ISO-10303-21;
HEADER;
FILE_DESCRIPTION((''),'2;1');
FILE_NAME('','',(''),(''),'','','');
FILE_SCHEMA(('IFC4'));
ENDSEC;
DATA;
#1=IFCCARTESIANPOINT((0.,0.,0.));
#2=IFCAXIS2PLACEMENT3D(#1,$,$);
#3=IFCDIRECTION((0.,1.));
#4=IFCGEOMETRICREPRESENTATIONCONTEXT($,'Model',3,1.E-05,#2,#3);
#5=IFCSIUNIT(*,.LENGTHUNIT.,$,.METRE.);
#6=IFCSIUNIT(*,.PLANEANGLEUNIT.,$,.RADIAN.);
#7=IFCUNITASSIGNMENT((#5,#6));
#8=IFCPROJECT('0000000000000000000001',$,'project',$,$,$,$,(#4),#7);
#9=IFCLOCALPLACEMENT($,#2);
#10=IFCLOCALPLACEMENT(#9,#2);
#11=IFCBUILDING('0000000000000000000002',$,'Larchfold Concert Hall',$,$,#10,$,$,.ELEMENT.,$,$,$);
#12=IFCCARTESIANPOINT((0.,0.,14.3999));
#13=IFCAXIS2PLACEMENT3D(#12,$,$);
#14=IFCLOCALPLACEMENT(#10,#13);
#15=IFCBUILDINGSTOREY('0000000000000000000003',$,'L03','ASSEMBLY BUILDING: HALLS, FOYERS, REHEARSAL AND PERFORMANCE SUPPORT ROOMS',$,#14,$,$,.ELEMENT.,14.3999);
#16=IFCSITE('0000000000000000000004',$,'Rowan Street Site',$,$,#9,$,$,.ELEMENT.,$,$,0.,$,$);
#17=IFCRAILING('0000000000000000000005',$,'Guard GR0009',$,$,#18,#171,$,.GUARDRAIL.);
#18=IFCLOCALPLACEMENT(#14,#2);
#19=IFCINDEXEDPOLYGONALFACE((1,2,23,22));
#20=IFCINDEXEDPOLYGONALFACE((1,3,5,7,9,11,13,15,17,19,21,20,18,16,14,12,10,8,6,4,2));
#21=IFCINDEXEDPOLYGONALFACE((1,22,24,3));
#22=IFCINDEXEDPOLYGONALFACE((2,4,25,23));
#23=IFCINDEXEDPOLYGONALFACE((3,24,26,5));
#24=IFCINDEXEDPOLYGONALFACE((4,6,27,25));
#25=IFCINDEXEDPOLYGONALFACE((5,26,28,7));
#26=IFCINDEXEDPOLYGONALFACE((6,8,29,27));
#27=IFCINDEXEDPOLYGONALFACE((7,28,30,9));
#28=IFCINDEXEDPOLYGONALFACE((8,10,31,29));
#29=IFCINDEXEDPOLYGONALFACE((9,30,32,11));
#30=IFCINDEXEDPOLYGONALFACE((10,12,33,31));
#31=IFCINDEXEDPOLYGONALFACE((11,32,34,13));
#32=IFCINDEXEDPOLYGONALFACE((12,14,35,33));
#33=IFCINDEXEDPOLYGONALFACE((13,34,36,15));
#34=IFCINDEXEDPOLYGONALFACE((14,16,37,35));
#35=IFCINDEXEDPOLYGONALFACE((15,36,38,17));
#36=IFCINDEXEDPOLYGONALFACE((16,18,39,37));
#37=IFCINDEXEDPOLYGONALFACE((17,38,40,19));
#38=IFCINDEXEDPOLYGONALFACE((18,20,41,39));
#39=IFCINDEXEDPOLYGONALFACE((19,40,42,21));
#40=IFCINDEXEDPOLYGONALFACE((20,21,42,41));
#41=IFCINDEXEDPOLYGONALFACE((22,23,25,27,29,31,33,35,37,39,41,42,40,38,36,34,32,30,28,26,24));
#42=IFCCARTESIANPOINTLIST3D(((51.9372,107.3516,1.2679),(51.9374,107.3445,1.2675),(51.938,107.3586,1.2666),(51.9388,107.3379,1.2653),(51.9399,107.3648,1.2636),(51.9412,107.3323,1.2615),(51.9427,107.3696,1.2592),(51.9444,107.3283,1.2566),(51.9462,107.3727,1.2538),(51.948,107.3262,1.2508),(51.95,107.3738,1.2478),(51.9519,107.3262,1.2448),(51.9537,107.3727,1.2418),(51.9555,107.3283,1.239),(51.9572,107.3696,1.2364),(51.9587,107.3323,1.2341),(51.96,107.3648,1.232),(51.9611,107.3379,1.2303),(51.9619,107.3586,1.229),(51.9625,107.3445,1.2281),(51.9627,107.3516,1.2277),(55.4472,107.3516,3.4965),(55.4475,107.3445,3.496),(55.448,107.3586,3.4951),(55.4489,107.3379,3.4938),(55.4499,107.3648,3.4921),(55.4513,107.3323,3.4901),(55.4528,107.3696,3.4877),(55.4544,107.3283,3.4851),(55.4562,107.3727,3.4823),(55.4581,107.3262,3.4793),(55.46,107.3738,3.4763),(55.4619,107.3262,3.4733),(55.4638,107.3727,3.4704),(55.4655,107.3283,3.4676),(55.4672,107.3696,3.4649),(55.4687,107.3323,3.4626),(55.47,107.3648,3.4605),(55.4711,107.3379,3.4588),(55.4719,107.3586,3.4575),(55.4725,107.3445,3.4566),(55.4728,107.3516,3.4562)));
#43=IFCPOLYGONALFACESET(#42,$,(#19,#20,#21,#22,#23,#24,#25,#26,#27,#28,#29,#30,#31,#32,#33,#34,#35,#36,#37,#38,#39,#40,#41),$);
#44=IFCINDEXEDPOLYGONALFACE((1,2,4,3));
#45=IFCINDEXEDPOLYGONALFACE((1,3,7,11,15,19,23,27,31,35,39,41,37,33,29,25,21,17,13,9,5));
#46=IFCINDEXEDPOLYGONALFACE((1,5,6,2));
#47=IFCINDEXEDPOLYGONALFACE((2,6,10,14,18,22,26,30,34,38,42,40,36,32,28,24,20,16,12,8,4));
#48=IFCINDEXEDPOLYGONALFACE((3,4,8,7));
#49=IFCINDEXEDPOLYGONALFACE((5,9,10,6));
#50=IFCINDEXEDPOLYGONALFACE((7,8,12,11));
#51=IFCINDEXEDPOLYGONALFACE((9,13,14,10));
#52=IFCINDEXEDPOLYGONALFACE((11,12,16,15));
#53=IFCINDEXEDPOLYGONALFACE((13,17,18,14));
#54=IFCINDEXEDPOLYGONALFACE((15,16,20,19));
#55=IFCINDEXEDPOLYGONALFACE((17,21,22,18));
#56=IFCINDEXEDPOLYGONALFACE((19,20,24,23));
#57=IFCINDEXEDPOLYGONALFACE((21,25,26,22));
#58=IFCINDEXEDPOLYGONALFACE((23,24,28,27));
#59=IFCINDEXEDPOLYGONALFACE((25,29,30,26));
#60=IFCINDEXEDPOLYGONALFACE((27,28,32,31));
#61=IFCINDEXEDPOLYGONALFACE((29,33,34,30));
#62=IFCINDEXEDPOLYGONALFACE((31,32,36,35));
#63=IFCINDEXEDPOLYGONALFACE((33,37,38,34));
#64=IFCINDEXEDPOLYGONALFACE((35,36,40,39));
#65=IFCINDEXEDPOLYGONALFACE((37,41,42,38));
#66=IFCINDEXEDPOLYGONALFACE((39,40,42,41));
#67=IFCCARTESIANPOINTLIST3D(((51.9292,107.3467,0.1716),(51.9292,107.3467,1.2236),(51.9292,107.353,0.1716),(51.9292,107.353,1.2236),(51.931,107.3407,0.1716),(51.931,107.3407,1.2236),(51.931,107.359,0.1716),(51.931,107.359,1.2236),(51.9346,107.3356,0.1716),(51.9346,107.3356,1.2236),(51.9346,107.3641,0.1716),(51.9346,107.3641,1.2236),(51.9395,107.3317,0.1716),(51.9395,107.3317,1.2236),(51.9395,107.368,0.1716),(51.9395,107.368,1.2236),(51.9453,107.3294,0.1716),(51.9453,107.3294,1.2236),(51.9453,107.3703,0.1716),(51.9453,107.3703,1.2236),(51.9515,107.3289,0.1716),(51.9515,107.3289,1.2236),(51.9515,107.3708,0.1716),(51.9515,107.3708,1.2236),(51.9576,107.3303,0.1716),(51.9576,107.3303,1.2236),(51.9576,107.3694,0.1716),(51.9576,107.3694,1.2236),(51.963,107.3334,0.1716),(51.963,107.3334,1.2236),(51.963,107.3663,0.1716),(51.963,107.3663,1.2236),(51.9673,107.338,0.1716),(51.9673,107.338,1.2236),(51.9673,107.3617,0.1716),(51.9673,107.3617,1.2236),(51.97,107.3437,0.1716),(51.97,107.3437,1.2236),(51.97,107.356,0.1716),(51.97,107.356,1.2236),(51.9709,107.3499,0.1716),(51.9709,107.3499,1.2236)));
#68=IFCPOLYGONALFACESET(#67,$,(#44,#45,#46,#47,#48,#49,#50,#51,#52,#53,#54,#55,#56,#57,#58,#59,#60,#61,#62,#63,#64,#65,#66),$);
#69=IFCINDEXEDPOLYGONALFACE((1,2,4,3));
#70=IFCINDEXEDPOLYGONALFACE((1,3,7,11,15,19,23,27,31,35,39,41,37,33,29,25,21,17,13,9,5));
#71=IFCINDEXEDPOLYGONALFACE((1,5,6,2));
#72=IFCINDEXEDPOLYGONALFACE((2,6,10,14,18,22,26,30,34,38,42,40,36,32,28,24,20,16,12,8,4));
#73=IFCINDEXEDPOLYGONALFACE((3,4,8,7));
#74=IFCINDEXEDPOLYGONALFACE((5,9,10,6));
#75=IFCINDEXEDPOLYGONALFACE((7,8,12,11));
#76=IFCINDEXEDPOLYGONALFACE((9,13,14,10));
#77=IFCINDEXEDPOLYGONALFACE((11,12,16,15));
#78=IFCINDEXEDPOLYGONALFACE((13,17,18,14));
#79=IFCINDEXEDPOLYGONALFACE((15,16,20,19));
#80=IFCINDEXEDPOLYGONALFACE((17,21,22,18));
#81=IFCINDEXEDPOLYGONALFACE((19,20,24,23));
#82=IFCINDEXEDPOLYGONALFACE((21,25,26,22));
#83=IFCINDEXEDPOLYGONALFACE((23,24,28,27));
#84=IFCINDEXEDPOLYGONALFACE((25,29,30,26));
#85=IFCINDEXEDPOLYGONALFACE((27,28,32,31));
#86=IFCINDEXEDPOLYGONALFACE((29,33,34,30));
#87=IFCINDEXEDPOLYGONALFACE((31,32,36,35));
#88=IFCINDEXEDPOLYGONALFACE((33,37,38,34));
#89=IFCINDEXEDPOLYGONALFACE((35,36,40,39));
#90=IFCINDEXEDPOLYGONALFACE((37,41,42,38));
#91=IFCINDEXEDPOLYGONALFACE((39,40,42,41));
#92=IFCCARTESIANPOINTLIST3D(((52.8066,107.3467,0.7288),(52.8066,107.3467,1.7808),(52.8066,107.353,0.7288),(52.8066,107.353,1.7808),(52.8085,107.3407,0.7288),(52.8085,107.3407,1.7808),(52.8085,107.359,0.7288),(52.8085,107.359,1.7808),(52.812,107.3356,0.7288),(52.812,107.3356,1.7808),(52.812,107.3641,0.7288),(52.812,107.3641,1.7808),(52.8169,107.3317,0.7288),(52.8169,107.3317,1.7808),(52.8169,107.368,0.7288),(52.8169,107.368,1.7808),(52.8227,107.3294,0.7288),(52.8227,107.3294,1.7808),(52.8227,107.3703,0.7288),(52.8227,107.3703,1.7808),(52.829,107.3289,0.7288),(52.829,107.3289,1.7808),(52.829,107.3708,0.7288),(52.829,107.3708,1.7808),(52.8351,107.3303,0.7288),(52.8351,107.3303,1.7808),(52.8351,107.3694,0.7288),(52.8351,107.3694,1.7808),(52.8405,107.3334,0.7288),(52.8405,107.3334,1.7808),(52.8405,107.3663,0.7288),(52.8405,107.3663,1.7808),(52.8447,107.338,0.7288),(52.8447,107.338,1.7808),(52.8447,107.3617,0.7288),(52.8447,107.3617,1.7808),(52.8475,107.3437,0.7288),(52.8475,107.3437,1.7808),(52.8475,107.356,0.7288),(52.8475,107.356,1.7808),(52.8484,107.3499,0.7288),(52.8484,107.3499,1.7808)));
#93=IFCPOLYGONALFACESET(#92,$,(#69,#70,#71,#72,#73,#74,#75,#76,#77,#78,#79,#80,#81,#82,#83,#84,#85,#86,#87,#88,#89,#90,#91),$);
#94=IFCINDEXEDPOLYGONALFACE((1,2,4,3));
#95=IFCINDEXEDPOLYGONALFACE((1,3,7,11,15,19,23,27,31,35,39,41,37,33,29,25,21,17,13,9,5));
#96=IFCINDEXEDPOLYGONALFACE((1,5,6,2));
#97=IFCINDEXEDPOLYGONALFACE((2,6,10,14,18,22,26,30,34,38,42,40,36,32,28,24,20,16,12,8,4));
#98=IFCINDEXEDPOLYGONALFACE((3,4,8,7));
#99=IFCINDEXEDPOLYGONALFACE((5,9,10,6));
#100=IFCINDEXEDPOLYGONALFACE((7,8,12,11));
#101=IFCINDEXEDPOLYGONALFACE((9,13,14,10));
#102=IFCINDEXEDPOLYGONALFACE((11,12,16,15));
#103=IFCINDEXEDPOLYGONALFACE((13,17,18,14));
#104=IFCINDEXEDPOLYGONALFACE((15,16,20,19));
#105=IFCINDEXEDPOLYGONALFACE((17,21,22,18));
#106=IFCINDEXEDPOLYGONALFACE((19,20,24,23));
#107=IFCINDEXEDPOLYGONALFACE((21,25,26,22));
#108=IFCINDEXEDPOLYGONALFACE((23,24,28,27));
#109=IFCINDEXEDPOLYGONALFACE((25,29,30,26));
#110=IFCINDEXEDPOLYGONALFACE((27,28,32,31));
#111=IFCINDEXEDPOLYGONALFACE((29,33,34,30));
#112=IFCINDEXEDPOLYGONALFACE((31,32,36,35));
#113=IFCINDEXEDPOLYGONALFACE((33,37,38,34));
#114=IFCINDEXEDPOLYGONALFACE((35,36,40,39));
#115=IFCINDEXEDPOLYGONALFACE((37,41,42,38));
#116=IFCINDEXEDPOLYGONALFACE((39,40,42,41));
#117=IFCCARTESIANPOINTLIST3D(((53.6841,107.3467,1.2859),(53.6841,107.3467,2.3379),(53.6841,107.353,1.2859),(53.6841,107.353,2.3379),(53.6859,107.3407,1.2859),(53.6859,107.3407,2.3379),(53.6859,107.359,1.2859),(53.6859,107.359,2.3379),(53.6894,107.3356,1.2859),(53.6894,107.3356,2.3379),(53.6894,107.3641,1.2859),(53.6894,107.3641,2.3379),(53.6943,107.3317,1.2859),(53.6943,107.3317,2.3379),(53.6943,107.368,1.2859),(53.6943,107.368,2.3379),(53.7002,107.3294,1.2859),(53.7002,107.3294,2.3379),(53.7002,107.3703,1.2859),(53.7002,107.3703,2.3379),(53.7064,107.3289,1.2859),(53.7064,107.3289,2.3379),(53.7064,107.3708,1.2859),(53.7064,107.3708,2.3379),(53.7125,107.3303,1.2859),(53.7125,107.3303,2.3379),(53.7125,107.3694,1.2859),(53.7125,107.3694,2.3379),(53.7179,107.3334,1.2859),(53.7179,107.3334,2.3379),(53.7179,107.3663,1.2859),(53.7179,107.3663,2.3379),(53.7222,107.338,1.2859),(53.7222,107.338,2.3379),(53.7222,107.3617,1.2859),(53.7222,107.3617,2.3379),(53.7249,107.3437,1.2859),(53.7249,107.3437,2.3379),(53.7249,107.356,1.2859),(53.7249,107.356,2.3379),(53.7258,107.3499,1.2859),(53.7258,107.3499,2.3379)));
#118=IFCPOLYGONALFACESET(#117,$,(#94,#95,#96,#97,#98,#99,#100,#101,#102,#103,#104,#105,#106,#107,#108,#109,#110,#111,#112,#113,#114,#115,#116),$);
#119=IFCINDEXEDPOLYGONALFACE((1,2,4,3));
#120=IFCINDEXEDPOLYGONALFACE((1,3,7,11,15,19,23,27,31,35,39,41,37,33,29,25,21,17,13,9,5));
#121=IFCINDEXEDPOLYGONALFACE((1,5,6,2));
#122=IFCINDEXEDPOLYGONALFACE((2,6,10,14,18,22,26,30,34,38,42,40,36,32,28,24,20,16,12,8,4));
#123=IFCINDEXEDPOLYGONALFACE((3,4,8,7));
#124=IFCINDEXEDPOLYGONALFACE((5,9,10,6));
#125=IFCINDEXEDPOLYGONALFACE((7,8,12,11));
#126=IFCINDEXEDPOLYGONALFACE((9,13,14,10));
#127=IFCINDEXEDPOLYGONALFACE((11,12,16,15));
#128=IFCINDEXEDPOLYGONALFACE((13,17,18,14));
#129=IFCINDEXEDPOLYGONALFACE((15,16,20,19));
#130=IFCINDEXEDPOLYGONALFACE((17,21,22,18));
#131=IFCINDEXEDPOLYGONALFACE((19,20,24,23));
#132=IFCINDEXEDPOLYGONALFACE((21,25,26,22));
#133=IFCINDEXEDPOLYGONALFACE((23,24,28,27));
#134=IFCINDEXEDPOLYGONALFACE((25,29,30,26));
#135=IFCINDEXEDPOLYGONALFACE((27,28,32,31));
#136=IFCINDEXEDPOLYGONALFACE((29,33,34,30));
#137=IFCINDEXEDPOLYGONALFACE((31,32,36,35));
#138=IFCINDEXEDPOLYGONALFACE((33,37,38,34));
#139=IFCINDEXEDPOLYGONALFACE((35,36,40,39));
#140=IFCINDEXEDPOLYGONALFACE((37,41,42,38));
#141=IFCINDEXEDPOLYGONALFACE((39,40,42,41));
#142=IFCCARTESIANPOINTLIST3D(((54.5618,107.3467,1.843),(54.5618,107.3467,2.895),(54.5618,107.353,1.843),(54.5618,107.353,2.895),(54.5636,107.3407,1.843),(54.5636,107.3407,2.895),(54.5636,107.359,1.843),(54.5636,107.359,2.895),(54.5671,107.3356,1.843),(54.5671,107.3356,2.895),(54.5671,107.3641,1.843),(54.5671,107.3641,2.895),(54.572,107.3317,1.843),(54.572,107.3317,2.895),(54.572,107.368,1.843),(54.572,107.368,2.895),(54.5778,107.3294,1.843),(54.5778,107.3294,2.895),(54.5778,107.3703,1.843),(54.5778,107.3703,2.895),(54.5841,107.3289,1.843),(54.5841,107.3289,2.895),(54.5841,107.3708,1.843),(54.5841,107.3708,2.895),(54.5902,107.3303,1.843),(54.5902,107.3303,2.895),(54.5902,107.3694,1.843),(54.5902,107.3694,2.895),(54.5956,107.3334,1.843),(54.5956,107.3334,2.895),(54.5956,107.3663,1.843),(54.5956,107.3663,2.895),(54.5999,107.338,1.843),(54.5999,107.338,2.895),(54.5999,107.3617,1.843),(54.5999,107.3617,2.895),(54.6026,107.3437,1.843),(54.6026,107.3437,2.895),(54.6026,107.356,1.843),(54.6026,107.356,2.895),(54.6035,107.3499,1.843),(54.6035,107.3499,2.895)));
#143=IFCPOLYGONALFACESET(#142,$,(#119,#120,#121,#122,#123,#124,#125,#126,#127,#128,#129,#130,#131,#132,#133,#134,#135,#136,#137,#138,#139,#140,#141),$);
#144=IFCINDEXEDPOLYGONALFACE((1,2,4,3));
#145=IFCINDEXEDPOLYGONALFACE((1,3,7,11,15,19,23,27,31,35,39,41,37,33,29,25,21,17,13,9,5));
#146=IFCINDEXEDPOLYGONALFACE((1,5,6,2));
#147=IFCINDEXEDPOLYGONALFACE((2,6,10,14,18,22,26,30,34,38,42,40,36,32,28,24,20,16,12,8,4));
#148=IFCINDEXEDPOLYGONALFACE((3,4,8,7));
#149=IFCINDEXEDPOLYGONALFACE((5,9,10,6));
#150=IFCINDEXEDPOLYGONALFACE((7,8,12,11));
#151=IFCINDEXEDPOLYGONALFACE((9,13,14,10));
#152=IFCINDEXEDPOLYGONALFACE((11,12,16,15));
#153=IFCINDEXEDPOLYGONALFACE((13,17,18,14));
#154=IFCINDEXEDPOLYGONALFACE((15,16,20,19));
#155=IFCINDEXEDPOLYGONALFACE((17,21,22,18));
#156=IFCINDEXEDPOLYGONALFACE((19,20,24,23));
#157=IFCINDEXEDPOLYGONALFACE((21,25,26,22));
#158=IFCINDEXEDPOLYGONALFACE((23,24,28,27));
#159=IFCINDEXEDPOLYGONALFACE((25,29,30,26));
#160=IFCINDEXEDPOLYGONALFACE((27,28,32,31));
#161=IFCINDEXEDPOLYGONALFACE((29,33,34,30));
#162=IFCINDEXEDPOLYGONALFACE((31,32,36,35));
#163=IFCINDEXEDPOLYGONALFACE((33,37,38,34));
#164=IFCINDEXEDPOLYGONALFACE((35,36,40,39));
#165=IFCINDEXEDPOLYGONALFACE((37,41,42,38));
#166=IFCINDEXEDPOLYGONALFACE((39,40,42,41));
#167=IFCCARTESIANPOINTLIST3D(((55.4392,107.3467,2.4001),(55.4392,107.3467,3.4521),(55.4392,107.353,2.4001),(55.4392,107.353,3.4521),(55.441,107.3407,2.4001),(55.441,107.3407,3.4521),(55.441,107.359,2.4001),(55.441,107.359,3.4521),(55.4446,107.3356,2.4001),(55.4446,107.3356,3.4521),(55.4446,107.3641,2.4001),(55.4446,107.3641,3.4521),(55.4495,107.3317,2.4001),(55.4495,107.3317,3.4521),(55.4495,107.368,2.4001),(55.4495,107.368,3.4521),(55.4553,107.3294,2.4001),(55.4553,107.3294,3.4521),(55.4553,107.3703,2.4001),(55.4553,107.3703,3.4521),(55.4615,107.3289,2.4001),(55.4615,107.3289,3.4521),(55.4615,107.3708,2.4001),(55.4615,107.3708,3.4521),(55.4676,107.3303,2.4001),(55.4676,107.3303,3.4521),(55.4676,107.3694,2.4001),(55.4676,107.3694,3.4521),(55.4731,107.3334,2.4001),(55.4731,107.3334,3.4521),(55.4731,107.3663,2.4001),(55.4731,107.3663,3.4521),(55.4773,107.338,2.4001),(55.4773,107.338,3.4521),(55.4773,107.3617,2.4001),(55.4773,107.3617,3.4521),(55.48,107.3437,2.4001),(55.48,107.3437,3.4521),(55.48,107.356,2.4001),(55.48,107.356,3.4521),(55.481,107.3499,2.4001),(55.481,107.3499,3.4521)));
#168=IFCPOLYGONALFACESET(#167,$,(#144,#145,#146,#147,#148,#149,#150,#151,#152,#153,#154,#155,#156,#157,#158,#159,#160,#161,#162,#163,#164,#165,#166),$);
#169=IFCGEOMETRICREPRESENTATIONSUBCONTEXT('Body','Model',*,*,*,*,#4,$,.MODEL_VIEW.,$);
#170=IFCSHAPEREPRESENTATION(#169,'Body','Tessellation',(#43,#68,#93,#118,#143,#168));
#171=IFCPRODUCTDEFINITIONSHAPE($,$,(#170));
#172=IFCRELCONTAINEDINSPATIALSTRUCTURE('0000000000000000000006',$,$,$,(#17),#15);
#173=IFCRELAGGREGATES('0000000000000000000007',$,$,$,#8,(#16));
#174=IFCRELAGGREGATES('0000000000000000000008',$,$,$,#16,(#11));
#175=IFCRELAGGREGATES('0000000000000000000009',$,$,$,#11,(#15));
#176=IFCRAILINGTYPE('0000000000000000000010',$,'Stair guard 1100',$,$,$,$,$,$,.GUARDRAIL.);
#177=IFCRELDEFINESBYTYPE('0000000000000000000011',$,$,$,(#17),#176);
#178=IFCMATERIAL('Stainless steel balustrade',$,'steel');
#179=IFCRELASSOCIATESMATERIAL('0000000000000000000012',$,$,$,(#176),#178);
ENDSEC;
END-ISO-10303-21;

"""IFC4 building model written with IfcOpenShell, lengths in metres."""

from ifc_helpers import new_model, si_unit, direction, frame, origin, origin_2d, place, context, subcontext, project, spatial, circle, extrude, material, type_object, element, save


model = new_model("IFC4")

# Units and contexts
model_context = context("Model", 3, precision=1e-05, world=origin(), true_north=direction((0.0, 1.0)))
body_context = subcontext(model_context, "Body", "Model", "MODEL_VIEW")
ifc_project = project(units=[si_unit("LENGTHUNIT", "METRE"), si_unit("PLANEANGLEUNIT", "RADIAN")], contexts=[model_context])

# Site, building, storey
site_placement = place(None, origin())
site = spatial("IfcSite", under=ifc_project, at=site_placement, Name="Rowan Street Site", CompositionType="ELEMENT", RefElevation=0.0)
building_placement = place(site_placement, origin())
building = spatial("IfcBuilding", under=site, at=building_placement, Name="Larchfold Concert Hall", CompositionType="ELEMENT")
storey_placement = place(building_placement, frame((0.0, 0.0, 14.3999)))
storey = spatial("IfcBuildingStorey", under=building, at=storey_placement, Name="L03", Description="ASSEMBLY BUILDING: HALLS, FOYERS, REHEARSAL AND PERFORMANCE SUPPORT ROOMS", CompositionType="ELEMENT", Elevation=14.3999)

# Railing
ifc_material_1 = material(Name="Stainless steel balustrade", Category="steel")
railing_type_1 = type_object("IfcRailingType", Name="Stair guard 1100", PredefinedType="GUARDRAIL", material=ifc_material_1)
railing_1_placement = place(storey_placement, frame((51.95, 107.3499, 0.1716)))
element("IfcRailing", 1, at=railing_1_placement, inside=storey, type_object=railing_type_1, Name="Guard GR0009", PredefinedType="GUARDRAIL", context=body_context, shape_type="SweptSolid", body=[
    extrude(circle(Radius=0.0239, at=origin_2d()), frame((0.0, 0.0, 1.0762), z_axis=(0.84422, 0.0, 0.535998), x_axis=(0.0, 1.0, 0.0)), (0.0, 0.0, 1.0), 4.1577),
    extrude(circle(Radius=0.021, at=origin_2d()), origin(), (0.0, 0.0, 1.0), 1.052),
    extrude(circle(Radius=0.021, at=origin_2d()), frame((0.8774, 0.0, 0.5571)), (0.0, 0.0, 1.0), 1.052),
    extrude(circle(Radius=0.021, at=origin_2d()), frame((1.7549, 0.0, 1.1143)), (0.0, 0.0, 1.0), 1.052),
    extrude(circle(Radius=0.021, at=origin_2d()), frame((2.6326, 0.0, 1.6714)), (0.0, 0.0, 1.0), 1.052),
    extrude(circle(Radius=0.021, at=origin_2d()), frame((3.51, 0.0, 2.2285)), (0.0, 0.0, 1.0), 1.052),
])

save(model, "model.ifc")
